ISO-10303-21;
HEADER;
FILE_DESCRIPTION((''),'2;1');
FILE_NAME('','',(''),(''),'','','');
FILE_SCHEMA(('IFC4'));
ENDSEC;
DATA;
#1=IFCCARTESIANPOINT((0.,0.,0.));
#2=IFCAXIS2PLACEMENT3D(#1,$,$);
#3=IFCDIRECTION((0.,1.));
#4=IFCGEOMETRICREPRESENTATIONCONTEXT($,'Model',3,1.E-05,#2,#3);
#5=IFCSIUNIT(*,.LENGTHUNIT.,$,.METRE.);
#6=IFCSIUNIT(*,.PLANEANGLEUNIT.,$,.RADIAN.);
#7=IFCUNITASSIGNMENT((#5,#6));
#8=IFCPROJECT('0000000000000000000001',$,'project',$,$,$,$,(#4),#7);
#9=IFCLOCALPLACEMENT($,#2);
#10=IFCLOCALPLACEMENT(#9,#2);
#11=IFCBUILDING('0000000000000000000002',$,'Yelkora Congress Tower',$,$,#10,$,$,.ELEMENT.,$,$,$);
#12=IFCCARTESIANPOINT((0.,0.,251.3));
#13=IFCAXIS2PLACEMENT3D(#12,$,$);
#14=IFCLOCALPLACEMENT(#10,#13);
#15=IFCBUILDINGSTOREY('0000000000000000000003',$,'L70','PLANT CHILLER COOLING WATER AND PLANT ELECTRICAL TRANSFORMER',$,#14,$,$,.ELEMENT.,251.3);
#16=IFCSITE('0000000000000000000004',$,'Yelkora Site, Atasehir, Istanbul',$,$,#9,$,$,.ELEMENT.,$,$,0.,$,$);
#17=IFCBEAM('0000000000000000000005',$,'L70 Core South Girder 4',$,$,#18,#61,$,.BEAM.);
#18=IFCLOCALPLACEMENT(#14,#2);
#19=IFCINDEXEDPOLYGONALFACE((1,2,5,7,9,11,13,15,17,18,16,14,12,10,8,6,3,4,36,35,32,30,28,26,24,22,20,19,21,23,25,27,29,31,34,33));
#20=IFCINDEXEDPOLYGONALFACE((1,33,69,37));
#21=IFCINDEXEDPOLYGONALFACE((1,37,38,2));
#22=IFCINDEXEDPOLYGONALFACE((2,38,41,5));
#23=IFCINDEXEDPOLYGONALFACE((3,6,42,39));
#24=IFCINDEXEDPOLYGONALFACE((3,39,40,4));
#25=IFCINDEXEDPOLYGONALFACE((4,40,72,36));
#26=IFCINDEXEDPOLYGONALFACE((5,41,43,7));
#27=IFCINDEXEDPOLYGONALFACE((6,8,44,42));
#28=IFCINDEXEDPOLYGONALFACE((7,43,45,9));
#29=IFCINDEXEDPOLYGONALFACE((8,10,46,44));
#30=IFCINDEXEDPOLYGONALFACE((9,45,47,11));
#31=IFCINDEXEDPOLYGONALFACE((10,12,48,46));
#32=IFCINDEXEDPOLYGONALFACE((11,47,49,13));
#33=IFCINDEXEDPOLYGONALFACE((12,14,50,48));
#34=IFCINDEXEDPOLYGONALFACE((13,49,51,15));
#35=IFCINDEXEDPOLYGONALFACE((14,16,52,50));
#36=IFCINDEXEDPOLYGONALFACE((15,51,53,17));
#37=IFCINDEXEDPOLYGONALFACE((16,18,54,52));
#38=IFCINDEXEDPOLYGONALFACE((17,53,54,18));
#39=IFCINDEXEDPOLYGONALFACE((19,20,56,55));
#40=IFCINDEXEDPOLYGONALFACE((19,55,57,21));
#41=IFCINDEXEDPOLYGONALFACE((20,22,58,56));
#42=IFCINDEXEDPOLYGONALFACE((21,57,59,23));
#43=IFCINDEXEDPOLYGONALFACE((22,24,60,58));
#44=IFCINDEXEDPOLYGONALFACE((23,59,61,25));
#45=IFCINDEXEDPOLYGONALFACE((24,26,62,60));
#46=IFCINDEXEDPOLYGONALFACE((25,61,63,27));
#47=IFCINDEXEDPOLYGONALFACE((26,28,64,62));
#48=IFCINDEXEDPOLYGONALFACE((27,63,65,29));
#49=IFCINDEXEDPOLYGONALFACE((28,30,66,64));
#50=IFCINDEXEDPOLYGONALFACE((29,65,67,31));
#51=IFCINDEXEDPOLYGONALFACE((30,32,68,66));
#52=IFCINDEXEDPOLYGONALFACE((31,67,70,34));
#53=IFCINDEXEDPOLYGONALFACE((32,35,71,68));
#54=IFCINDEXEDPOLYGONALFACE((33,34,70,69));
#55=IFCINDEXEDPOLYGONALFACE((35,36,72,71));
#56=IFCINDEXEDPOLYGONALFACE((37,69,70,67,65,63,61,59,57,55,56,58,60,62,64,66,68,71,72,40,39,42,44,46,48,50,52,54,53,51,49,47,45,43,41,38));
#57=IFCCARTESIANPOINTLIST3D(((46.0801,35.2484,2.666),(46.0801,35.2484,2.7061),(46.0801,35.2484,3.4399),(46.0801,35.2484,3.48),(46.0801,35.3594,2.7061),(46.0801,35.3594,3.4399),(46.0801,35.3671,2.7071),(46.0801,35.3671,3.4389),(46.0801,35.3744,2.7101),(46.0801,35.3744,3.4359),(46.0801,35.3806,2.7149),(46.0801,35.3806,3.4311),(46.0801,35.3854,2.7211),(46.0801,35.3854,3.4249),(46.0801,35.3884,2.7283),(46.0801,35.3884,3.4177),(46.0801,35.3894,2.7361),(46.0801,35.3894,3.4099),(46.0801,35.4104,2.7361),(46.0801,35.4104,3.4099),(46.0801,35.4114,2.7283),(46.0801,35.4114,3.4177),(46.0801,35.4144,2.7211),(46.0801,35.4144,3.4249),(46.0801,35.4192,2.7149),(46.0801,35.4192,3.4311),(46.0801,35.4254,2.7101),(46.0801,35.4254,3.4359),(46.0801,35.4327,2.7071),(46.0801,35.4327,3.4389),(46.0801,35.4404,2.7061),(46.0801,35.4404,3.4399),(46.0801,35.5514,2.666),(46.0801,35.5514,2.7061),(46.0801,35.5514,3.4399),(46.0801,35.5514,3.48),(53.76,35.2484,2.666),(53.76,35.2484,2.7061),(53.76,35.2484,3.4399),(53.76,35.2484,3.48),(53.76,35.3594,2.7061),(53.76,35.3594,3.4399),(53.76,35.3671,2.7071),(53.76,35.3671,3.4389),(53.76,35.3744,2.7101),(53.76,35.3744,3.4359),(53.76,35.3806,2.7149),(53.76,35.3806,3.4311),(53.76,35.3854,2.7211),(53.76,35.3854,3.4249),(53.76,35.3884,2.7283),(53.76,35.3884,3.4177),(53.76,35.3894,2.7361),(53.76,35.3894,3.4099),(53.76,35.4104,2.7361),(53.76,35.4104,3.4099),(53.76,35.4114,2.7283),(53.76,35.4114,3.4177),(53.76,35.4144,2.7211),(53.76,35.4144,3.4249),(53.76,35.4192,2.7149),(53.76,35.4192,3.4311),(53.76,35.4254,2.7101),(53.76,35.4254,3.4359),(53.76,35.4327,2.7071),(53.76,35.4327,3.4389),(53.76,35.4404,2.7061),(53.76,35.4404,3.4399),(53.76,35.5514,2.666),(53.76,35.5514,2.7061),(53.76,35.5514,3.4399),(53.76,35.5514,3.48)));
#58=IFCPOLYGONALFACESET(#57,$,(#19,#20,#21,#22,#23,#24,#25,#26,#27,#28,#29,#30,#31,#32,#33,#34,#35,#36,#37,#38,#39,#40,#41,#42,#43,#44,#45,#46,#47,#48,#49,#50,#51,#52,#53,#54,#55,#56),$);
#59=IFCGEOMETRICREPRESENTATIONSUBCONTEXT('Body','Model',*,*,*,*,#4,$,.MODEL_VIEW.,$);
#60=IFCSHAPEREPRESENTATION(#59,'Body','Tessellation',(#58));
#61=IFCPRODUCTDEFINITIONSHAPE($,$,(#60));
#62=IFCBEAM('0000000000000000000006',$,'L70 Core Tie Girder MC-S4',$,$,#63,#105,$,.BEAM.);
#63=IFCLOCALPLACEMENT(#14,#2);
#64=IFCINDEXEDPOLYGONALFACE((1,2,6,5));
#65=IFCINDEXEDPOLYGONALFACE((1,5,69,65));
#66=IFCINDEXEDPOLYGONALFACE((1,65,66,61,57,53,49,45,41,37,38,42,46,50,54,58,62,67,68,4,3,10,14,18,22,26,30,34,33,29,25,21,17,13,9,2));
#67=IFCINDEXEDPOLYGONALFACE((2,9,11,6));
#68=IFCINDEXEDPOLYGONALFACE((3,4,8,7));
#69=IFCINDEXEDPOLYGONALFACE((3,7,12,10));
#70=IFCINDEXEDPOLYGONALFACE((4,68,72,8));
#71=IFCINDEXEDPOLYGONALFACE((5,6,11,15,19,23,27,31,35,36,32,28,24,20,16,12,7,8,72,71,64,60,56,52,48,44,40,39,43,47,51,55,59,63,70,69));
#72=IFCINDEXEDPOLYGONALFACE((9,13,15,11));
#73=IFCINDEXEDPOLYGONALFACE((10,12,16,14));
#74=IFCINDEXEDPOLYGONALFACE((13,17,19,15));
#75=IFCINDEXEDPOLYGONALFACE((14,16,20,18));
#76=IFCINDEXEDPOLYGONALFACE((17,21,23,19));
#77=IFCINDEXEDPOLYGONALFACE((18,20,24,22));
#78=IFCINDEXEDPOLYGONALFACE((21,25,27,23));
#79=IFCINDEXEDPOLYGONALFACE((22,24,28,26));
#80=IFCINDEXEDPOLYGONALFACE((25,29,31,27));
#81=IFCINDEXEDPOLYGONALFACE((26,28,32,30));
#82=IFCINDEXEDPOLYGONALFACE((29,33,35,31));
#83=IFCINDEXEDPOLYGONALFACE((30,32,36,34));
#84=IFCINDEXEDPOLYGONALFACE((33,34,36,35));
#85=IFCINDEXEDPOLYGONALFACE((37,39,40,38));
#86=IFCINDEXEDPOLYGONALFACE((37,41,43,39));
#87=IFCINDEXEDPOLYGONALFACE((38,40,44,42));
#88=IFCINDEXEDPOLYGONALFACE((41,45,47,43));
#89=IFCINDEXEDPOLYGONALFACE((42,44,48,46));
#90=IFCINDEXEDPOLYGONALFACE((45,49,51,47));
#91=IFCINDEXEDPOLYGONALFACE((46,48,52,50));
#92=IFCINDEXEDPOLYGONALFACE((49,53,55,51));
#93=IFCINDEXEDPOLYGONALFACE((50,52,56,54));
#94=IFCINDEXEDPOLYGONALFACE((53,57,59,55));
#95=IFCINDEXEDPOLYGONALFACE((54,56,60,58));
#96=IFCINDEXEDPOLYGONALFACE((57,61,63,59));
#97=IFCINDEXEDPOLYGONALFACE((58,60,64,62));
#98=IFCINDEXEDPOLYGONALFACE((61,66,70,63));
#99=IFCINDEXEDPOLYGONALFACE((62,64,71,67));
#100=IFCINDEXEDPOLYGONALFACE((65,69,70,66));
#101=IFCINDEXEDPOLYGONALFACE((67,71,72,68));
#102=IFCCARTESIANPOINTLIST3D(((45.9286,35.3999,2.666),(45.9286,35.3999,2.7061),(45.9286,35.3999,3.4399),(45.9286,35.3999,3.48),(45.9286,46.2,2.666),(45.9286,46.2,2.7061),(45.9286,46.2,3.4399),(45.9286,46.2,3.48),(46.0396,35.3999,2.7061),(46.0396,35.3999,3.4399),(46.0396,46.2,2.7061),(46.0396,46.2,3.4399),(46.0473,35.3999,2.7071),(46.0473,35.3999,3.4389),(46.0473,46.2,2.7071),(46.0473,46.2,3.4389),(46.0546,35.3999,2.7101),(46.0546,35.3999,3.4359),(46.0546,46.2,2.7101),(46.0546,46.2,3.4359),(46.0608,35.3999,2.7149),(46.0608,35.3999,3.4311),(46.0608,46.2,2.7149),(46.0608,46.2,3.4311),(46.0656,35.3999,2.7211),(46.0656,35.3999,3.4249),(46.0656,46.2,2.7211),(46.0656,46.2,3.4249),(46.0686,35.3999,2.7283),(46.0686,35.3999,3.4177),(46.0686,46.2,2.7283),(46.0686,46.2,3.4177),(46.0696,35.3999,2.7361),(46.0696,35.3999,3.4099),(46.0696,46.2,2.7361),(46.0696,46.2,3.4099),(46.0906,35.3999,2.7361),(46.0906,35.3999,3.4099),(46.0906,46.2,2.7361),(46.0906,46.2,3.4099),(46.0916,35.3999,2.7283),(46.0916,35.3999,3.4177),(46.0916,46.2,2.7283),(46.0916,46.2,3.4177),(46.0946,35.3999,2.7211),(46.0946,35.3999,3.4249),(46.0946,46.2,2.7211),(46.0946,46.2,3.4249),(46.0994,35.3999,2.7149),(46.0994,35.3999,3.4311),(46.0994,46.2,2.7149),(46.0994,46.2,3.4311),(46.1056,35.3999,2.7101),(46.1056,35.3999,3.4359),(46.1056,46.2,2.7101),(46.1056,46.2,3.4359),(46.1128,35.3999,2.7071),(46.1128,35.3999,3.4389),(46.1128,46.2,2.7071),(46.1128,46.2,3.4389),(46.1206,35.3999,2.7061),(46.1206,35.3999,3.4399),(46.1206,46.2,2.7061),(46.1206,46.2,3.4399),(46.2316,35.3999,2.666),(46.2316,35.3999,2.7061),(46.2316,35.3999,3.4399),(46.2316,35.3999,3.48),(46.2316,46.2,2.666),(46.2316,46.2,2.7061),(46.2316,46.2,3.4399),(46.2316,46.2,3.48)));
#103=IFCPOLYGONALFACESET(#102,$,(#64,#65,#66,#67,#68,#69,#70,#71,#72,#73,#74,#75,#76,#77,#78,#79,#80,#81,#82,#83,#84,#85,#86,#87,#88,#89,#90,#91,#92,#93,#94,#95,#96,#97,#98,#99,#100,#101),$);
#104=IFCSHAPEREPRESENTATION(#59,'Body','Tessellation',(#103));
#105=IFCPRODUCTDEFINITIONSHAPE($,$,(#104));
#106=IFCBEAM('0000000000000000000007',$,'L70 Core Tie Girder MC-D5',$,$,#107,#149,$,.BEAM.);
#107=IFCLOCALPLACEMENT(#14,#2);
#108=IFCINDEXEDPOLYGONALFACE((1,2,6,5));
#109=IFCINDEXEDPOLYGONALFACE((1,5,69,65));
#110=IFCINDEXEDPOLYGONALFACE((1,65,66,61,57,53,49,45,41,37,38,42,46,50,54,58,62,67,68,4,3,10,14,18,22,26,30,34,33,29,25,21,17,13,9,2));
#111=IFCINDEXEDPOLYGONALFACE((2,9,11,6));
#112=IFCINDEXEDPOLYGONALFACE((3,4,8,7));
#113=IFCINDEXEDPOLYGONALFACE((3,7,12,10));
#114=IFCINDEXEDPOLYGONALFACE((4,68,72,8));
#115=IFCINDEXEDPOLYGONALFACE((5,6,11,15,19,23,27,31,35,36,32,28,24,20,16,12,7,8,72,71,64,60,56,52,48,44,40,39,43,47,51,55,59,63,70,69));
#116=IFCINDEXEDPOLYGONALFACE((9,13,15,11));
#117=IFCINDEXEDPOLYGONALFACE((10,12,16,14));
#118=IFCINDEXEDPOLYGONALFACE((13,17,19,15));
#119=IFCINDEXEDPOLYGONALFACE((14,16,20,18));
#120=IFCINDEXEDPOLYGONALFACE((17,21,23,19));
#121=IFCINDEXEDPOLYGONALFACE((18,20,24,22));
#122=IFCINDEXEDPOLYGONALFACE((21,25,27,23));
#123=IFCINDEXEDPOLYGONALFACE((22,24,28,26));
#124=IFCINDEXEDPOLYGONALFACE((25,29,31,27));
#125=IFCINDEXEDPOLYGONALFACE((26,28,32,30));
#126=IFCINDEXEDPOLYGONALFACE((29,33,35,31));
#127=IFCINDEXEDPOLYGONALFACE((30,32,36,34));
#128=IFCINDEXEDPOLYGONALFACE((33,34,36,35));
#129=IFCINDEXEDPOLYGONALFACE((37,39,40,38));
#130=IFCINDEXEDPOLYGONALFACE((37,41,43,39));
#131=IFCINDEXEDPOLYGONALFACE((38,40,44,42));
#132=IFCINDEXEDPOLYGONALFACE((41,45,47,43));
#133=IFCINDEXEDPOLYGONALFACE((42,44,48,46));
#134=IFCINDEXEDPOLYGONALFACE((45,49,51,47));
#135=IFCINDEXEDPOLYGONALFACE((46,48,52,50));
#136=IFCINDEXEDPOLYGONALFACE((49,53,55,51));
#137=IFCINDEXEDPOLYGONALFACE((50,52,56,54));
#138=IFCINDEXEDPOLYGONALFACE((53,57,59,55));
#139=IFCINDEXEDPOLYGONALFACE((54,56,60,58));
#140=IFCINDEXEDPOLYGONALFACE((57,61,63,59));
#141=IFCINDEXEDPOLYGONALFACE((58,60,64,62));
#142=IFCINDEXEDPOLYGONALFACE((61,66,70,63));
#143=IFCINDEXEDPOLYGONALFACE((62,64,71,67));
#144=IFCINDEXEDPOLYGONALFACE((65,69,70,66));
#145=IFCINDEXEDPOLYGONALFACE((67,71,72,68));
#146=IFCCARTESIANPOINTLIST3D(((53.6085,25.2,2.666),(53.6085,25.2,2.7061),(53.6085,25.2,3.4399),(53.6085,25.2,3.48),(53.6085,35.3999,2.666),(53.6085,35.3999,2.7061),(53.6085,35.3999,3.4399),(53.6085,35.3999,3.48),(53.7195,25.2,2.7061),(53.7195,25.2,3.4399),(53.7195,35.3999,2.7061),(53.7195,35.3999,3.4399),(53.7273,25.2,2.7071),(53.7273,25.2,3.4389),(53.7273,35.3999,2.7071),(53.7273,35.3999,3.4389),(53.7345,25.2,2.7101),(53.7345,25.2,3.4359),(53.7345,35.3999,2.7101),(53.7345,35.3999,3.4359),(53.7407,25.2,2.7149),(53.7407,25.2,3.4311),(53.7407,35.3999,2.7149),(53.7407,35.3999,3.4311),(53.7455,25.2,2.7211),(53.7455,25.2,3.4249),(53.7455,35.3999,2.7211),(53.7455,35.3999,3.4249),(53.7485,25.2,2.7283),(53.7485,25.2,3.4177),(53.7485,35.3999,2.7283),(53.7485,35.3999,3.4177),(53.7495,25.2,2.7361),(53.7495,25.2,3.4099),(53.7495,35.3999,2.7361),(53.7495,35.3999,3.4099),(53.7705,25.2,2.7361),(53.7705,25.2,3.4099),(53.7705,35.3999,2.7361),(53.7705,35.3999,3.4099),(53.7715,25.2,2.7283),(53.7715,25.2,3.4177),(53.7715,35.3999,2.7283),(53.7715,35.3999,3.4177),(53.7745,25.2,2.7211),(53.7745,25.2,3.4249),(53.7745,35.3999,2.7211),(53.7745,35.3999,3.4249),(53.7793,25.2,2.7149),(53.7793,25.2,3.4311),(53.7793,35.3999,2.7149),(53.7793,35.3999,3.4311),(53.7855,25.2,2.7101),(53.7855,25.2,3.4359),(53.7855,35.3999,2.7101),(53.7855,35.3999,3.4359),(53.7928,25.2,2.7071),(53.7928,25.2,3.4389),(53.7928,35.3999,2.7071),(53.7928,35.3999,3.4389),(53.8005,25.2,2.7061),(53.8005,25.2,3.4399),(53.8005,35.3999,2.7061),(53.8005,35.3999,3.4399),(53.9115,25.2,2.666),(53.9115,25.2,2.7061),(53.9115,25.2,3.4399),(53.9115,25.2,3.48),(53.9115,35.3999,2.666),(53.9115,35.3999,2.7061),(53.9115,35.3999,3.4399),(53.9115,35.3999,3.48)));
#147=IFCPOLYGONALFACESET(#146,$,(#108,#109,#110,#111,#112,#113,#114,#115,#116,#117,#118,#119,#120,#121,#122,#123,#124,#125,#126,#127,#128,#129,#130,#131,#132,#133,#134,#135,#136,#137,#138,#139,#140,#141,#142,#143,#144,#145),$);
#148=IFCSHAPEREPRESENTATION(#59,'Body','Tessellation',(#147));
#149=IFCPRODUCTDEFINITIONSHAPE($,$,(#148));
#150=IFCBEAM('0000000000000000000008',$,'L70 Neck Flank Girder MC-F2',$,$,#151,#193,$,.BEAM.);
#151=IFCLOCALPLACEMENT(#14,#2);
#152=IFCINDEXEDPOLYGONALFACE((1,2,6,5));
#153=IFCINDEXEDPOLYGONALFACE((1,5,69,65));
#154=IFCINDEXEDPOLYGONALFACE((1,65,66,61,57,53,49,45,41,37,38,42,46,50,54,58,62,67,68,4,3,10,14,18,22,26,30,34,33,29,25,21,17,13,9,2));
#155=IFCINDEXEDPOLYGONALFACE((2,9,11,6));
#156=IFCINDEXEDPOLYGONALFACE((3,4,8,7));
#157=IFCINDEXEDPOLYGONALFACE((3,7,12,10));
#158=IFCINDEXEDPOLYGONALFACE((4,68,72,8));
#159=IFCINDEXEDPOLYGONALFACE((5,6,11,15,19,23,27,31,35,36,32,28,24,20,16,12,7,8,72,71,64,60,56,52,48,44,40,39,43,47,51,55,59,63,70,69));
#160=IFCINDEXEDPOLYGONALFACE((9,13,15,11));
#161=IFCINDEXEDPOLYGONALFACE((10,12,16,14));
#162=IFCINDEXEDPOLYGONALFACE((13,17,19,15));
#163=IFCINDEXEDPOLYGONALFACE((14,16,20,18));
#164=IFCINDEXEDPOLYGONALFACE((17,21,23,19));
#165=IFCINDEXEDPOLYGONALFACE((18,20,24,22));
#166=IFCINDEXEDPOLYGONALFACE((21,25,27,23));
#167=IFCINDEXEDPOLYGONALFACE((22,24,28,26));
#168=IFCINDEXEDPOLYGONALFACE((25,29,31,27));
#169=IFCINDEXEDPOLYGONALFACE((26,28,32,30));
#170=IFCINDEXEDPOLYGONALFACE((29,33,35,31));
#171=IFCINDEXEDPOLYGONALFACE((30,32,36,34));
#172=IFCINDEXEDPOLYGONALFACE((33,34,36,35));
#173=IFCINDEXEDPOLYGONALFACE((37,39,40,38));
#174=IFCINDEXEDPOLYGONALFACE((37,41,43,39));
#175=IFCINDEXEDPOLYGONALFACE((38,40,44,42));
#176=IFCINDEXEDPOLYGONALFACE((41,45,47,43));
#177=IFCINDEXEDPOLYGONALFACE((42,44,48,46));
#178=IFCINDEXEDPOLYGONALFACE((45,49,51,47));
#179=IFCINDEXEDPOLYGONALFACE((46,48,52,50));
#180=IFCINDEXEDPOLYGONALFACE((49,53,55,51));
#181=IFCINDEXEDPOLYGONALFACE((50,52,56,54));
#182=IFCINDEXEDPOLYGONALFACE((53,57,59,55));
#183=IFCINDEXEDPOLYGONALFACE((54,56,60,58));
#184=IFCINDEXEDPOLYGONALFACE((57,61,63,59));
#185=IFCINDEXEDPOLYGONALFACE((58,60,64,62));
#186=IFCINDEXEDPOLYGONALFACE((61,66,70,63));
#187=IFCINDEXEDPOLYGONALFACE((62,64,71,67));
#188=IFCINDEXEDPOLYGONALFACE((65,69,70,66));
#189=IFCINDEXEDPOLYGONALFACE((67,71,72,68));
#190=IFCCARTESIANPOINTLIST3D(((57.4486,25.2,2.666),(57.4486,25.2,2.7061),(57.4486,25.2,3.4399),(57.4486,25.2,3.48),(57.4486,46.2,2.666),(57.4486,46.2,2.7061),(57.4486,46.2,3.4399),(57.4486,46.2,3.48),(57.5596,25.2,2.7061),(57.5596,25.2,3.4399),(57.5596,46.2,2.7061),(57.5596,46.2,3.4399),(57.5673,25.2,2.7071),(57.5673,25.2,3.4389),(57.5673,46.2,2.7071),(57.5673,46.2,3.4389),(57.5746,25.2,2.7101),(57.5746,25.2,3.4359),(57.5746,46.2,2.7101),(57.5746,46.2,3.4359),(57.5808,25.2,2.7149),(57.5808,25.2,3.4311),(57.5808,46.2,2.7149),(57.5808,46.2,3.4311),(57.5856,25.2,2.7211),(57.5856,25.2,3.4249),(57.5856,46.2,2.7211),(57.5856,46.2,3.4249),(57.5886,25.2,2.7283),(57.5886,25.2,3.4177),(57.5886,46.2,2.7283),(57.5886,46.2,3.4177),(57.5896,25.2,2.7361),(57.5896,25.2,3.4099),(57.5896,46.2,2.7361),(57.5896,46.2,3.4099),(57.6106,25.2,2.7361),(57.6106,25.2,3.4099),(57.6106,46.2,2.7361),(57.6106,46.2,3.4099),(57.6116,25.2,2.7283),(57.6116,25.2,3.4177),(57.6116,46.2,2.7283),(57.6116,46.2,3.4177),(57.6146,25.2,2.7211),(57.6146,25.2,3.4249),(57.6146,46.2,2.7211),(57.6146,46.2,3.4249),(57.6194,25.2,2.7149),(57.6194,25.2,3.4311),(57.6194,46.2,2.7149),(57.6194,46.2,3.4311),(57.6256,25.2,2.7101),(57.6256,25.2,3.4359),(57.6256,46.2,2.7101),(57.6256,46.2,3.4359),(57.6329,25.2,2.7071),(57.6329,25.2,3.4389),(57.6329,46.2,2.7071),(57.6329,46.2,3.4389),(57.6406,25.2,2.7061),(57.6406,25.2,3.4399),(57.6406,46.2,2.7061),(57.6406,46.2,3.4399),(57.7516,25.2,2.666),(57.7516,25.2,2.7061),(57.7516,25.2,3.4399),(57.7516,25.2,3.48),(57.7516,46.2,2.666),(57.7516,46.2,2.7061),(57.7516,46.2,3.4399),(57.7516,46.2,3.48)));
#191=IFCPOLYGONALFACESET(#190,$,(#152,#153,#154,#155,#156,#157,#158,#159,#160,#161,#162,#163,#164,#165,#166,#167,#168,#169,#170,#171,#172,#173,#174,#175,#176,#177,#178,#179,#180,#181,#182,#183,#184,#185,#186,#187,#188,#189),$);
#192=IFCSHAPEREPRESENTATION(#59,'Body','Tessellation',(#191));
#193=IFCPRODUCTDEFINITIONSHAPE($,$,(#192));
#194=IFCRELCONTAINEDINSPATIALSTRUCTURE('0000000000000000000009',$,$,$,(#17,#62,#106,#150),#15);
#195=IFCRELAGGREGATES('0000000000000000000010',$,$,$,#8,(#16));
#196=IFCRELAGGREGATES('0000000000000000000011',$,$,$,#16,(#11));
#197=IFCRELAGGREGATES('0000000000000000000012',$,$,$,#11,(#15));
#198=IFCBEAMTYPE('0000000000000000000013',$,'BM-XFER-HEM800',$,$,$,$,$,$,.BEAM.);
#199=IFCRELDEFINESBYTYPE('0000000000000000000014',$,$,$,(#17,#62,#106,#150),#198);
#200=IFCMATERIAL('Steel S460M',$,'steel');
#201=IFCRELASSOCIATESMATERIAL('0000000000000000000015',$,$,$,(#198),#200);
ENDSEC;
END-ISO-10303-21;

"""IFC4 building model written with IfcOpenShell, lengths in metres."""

from ifc_helpers import new_model, si_unit, direction, frame, origin, origin_2d, place, context, subcontext, project, spatial, i_section, extrude, material, material_profile, profile_set, type_object, element, save


model = new_model("IFC4")

# Units and contexts
model_context = context("Model", 3, precision=1e-05, world=origin(), true_north=direction((0.0, 1.0)))
body_context = subcontext(model_context, "Body", "Model", "MODEL_VIEW")
ifc_project = project(units=[si_unit("LENGTHUNIT", "METRE"), si_unit("PLANEANGLEUNIT", "RADIAN")], contexts=[model_context])

# Site, building, storey
site_placement = place(None, origin())
site = spatial("IfcSite", under=ifc_project, at=site_placement, Name="Yelkora Site, Atasehir, Istanbul", CompositionType="ELEMENT", RefElevation=0.0)
building_placement = place(site_placement, origin())
building = spatial("IfcBuilding", under=site, at=building_placement, Name="Yelkora Congress Tower", CompositionType="ELEMENT")
storey_placement = place(building_placement, frame((0.0, 0.0, 251.3)))
storey = spatial("IfcBuildingStorey", under=building, at=storey_placement, Name="L70", Description="PLANT CHILLER COOLING WATER AND PLANT ELECTRICAL TRANSFORMER", CompositionType="ELEMENT", Elevation=251.3)

# Shared definitions
ifc_material_1 = material(Name="Steel S460M", Category="steel")

# Beams
ifc_material_profile_1 = material_profile(ifc_material_1, i_section(OverallWidth=0.303, OverallDepth=0.814, WebThickness=0.021, FlangeThickness=0.04, FilletRadius=0.03, at=origin_2d()), Name="HEM 800")
ifc_profile_set_1 = profile_set([ifc_material_profile_1], Name="Steel S460M")
beam_type = type_object("IfcBeamType", Name="BM-XFER-HEM800", PredefinedType="BEAM", material=ifc_profile_set_1)
beam_1_placement = place(storey_placement, frame((46.0801, 35.3999, 3.073), z_axis=(1.0, 0.0, 0.0), x_axis=(0.0, 1.0, 0.0)))
element("IfcBeam", 1, at=beam_1_placement, inside=storey, type_object=beam_type, Name="L70 Core South Girder 4", PredefinedType="BEAM", context=body_context, shape_type="SweptSolid", body=[
    extrude(i_section(OverallWidth=0.303, OverallDepth=0.814, WebThickness=0.021, FlangeThickness=0.04, FilletRadius=0.03, at=origin_2d()), origin(), (0.0, 0.0, 1.0), 7.6799),
])
beam_2_placement = place(storey_placement, frame((46.0801, 35.3999, 3.073), z_axis=(0.0, 1.0, 0.0), x_axis=(-1.0, 0.0, 0.0)))
element("IfcBeam", 2, at=beam_2_placement, inside=storey, type_object=beam_type, Name="L70 Core Tie Girder MC-S4", PredefinedType="BEAM", context=body_context, shape_type="SweptSolid", body=[
    extrude(i_section(OverallWidth=0.303, OverallDepth=0.814, WebThickness=0.021, FlangeThickness=0.04, FilletRadius=0.03, at=origin_2d()), origin(), (0.0, 0.0, 1.0), 10.8),
])
beam_3_placement = place(storey_placement, frame((53.76, 25.2, 3.073), z_axis=(0.0, 1.0, 0.0), x_axis=(-1.0, 0.0, 0.0)))
element("IfcBeam", 3, at=beam_3_placement, inside=storey, type_object=beam_type, Name="L70 Core Tie Girder MC-D5", PredefinedType="BEAM", context=body_context, shape_type="SweptSolid", body=[
    extrude(i_section(OverallWidth=0.303, OverallDepth=0.814, WebThickness=0.021, FlangeThickness=0.04, FilletRadius=0.03, at=origin_2d()), origin(), (0.0, 0.0, 1.0), 10.2),
])
beam_4_placement = place(storey_placement, frame((57.6001, 25.2, 3.073), z_axis=(0.0, 1.0, 0.0), x_axis=(-1.0, 0.0, 0.0)))
element("IfcBeam", 4, at=beam_4_placement, inside=storey, type_object=beam_type, Name="L70 Neck Flank Girder MC-F2", PredefinedType="BEAM", context=body_context, shape_type="SweptSolid", body=[
    extrude(i_section(OverallWidth=0.303, OverallDepth=0.814, WebThickness=0.021, FlangeThickness=0.04, FilletRadius=0.03, at=origin_2d()), origin(), (0.0, 0.0, 1.0), 21.0),
])

save(model, "model.ifc")
